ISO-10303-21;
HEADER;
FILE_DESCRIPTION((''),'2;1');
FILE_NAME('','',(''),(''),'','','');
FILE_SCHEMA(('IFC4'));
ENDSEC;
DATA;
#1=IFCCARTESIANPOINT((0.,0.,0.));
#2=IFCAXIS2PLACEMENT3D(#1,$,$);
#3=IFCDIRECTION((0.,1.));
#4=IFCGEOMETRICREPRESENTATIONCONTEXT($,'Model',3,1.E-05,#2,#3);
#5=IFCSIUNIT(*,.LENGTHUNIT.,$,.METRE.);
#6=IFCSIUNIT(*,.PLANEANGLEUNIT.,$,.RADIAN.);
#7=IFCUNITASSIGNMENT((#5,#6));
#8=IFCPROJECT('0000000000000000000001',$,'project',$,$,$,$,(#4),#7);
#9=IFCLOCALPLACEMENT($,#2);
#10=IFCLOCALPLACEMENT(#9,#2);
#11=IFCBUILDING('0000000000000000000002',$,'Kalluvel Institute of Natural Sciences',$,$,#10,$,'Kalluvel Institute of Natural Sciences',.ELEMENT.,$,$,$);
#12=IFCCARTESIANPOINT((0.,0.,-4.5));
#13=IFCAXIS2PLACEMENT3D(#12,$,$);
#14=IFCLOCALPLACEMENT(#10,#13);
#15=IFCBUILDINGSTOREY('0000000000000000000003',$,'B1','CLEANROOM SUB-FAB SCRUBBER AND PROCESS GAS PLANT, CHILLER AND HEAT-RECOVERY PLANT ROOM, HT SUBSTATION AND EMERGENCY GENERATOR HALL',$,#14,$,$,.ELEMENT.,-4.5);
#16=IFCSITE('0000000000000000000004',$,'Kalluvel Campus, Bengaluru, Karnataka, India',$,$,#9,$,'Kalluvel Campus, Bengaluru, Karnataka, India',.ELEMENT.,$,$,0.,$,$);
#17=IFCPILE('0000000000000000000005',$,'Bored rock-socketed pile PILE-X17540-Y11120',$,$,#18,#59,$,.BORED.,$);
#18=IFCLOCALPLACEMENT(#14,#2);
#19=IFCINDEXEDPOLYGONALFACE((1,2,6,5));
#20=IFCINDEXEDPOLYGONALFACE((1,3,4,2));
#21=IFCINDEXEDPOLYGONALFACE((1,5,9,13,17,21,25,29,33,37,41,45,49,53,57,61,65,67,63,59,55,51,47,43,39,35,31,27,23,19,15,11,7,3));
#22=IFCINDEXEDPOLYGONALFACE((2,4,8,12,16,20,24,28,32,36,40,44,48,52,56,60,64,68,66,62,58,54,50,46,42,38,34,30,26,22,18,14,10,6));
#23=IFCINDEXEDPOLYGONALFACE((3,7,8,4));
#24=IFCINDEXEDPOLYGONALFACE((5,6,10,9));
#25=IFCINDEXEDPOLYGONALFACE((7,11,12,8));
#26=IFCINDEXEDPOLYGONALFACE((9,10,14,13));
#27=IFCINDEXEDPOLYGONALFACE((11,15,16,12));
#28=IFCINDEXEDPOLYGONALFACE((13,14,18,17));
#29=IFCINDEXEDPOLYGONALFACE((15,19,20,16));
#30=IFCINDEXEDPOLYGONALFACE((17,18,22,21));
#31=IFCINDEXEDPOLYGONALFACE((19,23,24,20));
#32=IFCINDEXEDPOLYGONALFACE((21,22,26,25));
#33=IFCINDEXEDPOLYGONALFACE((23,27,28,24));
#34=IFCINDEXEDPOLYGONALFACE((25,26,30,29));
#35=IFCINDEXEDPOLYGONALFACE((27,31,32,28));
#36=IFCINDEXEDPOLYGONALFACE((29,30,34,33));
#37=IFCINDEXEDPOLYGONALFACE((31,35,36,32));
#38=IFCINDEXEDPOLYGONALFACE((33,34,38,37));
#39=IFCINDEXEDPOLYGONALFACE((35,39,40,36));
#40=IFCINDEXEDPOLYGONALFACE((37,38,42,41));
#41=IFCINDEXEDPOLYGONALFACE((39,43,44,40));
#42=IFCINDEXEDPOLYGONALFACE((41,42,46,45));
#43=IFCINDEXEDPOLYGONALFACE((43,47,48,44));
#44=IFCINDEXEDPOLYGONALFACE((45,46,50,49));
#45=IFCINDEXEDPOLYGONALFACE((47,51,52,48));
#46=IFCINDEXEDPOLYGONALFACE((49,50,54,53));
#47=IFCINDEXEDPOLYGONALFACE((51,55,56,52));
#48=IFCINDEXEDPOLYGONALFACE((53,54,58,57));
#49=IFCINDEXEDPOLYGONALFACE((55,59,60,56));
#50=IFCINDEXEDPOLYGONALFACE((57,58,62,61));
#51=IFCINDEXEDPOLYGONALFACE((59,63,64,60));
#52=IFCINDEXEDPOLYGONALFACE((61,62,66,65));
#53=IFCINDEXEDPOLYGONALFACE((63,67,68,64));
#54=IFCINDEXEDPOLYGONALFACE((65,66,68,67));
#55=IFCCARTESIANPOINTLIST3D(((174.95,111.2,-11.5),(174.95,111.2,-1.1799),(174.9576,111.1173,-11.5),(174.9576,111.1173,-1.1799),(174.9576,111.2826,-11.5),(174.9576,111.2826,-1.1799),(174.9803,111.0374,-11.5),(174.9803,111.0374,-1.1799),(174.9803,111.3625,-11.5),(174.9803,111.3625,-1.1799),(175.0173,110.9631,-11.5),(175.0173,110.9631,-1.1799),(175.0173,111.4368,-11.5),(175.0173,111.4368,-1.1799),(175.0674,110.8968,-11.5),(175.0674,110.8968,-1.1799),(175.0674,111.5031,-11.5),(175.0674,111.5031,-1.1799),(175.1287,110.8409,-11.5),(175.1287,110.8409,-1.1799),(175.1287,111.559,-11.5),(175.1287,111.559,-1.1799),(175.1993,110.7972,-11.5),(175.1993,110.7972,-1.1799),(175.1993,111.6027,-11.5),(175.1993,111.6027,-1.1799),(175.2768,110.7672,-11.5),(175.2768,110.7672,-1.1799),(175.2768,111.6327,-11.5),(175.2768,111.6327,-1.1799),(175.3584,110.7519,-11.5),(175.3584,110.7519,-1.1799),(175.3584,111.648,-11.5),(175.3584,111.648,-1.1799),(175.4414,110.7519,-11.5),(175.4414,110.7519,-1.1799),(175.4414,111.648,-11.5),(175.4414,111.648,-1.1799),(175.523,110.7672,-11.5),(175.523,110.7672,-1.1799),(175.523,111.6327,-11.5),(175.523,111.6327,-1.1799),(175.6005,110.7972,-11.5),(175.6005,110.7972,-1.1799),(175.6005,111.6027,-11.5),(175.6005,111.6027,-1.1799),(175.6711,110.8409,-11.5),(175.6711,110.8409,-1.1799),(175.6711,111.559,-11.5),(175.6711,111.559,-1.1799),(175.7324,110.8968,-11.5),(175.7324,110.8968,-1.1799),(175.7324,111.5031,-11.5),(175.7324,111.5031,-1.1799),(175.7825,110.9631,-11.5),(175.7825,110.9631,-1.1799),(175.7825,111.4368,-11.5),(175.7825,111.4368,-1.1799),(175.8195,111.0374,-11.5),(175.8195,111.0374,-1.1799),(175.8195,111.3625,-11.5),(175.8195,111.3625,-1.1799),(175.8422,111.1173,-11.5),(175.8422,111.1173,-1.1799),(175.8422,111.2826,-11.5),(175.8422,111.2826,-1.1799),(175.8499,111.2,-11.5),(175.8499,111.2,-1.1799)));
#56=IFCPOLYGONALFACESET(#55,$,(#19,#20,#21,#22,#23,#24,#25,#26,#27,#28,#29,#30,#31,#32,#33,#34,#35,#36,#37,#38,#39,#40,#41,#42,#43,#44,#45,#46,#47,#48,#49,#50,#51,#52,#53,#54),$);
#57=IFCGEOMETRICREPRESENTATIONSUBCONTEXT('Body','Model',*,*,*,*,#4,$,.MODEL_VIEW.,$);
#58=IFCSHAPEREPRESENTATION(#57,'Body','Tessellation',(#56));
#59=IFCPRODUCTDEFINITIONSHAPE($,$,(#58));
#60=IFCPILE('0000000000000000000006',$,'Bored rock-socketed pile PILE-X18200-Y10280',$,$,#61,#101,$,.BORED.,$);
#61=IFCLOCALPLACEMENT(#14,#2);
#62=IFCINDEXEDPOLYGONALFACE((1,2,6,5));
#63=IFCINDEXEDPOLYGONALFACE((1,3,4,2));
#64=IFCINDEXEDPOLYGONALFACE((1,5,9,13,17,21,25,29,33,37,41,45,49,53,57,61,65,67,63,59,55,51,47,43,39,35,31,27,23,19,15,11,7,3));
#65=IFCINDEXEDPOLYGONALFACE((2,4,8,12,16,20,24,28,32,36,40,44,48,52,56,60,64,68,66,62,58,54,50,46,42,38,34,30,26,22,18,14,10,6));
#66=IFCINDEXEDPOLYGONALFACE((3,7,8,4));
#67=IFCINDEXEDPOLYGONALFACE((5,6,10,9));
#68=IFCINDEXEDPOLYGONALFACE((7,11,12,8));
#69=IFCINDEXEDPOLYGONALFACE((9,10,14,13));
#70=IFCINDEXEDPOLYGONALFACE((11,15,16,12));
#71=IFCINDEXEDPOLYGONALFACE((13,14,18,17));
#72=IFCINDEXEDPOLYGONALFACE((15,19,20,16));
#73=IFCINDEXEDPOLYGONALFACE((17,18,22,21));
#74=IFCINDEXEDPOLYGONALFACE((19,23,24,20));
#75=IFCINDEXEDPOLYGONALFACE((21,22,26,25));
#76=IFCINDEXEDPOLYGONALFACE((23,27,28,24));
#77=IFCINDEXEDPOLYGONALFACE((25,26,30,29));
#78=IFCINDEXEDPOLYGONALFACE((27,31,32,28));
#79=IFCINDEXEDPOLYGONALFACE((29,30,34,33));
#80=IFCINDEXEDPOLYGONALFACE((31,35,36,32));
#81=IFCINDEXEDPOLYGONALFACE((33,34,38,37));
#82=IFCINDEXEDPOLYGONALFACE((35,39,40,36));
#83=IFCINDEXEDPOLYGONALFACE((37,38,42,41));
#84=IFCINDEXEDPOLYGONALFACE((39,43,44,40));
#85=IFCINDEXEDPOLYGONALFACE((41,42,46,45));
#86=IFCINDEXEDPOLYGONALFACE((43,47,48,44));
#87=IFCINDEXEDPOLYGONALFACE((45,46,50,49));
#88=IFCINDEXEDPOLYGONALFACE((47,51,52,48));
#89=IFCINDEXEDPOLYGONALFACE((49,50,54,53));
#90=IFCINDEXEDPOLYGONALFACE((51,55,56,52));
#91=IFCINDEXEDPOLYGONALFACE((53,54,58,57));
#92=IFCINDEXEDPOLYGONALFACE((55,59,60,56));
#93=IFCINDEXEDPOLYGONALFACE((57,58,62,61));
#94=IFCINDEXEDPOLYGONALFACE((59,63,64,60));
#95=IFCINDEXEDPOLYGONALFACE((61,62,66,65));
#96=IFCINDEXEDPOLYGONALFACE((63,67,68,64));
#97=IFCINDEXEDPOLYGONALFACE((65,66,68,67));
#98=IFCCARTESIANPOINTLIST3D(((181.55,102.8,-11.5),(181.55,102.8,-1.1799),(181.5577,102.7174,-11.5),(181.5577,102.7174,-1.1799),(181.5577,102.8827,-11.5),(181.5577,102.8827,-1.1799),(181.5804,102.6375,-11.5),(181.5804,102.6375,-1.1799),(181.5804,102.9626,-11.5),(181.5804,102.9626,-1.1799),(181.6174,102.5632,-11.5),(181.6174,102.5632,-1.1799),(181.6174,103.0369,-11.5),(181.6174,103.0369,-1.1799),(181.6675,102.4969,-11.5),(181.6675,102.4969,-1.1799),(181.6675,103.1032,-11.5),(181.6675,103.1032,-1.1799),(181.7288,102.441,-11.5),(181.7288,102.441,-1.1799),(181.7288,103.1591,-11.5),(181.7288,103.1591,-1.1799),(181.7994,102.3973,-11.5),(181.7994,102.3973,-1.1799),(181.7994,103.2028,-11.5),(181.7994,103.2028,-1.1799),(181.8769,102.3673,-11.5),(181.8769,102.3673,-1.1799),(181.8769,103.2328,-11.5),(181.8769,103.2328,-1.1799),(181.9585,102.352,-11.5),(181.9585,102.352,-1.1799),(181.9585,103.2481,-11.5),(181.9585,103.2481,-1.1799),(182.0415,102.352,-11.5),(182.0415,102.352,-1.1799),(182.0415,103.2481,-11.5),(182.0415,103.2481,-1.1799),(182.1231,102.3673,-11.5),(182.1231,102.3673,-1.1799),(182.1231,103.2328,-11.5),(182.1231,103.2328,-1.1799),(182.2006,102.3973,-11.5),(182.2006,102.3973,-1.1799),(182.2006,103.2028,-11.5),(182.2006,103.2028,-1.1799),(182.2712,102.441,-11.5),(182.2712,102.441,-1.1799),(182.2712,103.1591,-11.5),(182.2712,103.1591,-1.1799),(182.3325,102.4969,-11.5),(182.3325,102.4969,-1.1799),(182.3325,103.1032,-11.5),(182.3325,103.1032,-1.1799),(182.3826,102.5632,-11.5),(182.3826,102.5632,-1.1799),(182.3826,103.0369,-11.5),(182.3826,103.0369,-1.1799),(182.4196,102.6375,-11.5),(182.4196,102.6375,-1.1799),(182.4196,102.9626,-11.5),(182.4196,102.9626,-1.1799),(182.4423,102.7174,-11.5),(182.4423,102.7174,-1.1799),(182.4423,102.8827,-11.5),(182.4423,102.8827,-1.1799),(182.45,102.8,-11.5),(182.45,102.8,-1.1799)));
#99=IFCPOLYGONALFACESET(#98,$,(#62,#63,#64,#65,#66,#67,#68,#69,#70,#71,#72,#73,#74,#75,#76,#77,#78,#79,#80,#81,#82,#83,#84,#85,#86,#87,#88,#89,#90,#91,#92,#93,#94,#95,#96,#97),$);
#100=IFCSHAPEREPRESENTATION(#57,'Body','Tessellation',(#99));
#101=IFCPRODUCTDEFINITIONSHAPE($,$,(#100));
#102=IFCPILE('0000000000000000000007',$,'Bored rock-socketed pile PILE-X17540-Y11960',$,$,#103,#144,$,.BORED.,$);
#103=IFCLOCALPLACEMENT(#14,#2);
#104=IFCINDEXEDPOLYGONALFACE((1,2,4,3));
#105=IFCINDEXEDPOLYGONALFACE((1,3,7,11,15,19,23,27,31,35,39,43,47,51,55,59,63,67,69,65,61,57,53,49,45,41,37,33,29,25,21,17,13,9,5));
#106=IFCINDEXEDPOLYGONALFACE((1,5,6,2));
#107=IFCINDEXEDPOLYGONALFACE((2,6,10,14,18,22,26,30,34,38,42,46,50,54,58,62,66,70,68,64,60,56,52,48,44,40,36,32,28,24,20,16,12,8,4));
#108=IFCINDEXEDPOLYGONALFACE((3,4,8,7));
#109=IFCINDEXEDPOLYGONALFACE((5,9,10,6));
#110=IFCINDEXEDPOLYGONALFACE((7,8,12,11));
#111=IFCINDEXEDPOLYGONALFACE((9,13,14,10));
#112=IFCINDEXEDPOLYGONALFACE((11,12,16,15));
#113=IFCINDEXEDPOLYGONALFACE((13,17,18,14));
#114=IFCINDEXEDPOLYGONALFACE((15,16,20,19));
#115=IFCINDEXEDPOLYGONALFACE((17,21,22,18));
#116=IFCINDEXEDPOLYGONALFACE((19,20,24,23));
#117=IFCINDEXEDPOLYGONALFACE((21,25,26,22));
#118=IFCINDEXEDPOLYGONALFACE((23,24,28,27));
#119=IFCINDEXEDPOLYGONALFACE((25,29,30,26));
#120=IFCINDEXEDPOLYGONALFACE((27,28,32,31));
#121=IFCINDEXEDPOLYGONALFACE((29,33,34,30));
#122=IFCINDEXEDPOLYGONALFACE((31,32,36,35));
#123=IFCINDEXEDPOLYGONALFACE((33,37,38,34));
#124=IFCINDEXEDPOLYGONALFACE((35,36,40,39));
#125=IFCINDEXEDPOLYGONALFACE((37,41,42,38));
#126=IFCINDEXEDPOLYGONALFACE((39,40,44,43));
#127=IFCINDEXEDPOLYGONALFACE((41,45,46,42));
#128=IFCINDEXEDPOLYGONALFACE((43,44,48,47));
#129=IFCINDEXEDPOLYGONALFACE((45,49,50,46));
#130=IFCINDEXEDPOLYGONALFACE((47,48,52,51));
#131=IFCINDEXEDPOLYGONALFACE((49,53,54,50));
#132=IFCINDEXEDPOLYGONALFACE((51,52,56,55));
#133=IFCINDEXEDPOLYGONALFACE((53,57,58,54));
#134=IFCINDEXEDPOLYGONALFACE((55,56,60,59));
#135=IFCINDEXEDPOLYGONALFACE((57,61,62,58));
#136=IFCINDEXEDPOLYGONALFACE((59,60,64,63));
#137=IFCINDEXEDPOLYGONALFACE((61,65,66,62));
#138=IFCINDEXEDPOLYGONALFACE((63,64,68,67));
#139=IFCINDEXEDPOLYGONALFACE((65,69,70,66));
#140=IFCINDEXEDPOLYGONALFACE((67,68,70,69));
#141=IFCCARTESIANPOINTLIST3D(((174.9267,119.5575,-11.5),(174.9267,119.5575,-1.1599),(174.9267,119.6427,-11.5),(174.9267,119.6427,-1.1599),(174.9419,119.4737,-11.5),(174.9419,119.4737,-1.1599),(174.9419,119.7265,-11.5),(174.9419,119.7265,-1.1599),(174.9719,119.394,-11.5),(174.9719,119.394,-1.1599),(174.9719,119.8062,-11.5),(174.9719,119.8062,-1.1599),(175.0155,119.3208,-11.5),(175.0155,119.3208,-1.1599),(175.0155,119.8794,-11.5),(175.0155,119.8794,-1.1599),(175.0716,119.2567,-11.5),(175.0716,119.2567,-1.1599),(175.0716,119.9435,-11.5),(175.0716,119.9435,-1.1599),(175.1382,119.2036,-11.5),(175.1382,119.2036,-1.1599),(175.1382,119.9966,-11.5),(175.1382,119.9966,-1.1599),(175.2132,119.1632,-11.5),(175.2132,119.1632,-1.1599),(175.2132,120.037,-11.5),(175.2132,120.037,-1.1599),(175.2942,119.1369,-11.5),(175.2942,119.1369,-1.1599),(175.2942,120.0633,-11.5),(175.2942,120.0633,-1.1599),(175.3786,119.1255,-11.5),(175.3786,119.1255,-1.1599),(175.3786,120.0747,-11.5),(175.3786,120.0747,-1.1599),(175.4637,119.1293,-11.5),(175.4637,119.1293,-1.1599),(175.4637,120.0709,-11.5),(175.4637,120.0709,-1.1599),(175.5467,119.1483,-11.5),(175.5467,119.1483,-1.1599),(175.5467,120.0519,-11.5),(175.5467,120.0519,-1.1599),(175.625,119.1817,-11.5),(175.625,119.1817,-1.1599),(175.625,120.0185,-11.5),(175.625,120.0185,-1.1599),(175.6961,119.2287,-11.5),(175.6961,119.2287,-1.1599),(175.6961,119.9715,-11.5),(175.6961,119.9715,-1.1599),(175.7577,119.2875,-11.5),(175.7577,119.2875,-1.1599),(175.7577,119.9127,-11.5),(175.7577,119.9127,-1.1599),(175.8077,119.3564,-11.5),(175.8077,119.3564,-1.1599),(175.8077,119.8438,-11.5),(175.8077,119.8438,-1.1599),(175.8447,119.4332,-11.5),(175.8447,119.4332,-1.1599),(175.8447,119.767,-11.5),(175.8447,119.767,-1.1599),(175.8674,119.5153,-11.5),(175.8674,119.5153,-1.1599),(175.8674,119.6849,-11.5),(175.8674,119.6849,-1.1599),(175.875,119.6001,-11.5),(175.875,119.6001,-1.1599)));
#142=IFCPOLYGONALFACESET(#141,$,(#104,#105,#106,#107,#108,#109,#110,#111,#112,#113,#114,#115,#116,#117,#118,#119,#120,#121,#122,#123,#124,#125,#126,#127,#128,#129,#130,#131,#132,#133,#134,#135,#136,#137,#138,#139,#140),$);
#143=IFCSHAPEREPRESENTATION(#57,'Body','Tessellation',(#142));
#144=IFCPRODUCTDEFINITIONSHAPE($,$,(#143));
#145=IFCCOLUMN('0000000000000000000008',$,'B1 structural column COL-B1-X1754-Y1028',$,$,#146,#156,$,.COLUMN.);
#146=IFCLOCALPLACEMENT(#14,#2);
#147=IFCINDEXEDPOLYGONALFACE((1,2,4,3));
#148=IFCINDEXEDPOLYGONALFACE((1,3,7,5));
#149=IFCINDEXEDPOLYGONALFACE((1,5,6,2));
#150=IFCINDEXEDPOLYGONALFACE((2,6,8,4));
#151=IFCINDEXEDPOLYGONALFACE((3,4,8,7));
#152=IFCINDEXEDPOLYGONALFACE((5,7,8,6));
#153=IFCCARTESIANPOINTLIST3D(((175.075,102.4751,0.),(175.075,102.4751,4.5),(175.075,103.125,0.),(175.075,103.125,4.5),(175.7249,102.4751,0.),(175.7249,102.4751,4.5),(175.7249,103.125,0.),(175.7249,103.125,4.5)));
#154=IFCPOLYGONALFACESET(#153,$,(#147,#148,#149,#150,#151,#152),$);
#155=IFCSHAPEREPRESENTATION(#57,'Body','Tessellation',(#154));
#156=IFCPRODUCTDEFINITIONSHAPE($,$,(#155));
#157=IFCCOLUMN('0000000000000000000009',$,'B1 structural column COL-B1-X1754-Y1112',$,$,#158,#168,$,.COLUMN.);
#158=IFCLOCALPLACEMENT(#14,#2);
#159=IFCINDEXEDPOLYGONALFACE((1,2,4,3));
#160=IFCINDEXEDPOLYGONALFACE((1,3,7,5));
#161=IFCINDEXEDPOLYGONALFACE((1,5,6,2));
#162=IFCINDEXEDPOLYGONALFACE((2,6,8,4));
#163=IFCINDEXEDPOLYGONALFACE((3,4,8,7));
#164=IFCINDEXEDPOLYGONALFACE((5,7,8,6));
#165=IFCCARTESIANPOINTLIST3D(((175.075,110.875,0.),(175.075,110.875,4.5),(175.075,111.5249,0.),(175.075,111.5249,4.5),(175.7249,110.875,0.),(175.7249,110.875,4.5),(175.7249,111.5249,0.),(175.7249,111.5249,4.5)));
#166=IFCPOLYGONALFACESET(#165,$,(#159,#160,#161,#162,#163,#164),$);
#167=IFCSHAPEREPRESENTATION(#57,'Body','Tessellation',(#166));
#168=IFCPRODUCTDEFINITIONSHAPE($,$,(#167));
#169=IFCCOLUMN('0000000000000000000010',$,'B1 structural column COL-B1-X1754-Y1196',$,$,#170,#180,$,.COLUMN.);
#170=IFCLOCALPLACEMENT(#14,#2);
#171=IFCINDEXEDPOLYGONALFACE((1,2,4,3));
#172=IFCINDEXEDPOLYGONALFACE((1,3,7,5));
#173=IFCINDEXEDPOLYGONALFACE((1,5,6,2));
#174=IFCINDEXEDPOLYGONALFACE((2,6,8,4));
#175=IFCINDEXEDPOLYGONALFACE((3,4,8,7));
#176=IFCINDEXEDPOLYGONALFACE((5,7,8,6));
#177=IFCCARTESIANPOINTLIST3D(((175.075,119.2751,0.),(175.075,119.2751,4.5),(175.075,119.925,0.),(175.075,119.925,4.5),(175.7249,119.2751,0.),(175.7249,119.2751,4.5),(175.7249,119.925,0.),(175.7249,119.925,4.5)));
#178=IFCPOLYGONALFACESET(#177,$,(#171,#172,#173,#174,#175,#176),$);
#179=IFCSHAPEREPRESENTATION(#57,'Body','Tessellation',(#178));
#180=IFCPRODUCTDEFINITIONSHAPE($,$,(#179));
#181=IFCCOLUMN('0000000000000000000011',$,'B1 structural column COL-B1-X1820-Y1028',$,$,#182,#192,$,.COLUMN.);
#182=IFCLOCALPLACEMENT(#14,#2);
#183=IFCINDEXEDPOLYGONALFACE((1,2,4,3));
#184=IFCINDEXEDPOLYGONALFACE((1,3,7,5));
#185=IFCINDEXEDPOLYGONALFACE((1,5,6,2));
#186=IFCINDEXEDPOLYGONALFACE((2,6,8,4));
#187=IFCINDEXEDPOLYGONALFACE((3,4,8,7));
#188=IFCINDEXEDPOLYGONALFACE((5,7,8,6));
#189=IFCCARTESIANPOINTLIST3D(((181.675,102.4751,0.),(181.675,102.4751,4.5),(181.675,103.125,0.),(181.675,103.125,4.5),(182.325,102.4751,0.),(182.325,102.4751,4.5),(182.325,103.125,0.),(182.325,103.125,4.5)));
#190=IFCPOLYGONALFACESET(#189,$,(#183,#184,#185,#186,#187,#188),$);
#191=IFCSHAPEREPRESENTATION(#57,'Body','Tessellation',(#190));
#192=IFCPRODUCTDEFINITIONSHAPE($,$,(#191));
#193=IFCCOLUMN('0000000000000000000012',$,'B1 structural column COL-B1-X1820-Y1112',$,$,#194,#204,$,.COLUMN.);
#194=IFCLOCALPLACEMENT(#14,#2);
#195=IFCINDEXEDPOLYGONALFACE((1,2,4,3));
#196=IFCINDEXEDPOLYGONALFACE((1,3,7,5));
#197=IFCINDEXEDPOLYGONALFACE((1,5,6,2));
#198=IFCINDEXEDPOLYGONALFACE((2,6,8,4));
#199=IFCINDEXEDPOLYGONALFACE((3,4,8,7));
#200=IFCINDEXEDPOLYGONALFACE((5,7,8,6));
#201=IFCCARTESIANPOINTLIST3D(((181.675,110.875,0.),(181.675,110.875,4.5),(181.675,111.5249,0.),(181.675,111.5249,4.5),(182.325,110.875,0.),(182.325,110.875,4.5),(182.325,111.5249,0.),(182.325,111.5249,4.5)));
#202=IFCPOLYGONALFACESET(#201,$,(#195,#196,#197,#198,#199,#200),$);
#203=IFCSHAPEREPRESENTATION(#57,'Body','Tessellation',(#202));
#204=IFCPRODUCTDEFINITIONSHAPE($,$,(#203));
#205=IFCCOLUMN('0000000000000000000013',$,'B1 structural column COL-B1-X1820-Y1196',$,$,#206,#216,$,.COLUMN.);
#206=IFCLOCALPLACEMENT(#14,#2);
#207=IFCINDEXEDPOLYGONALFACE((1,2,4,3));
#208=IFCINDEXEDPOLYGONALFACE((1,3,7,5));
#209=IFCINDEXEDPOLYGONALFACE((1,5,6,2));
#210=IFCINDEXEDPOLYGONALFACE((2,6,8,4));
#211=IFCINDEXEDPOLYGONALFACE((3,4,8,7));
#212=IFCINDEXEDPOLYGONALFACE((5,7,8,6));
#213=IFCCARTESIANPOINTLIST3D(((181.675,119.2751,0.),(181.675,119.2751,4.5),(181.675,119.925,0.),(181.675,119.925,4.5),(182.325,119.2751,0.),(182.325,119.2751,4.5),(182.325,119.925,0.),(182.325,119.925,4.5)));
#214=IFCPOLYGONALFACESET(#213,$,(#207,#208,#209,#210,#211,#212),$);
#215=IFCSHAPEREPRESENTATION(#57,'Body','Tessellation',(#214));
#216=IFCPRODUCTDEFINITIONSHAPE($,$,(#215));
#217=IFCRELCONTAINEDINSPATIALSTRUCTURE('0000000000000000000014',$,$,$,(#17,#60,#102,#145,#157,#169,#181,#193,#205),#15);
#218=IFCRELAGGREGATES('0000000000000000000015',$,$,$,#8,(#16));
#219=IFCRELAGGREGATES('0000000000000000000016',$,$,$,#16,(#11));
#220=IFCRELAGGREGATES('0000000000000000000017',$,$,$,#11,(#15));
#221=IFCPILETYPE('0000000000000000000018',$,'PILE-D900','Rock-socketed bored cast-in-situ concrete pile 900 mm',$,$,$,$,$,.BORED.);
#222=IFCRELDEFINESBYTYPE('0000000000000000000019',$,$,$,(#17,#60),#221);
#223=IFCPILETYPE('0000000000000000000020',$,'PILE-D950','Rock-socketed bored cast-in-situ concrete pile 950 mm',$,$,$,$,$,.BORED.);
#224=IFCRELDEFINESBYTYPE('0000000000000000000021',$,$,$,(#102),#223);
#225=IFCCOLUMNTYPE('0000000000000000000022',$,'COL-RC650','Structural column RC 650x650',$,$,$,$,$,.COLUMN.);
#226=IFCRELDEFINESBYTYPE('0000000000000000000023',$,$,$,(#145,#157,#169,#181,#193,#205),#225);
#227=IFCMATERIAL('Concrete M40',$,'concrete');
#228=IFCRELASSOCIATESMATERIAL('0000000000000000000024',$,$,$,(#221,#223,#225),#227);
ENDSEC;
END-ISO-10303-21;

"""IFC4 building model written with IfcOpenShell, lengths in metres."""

from ifc_helpers import new_model, si_unit, direction, frame, origin, origin_2d, place, context, subcontext, project, spatial, rectangle, circle, extrude, material, material_profile, profile_set, type_object, element, save


model = new_model("IFC4")

# Units and contexts
model_context = context("Model", 3, precision=1e-05, world=origin(), true_north=direction((0.0, 1.0)))
body_context = subcontext(model_context, "Body", "Model", "MODEL_VIEW")
ifc_project = project(units=[si_unit("LENGTHUNIT", "METRE"), si_unit("PLANEANGLEUNIT", "RADIAN")], contexts=[model_context])

# Site, building, storey
site_placement = place(None, origin())
site = spatial("IfcSite", under=ifc_project, at=site_placement, Name="Kalluvel Campus, Bengaluru, Karnataka, India", LongName="Kalluvel Campus, Bengaluru, Karnataka, India", CompositionType="ELEMENT", RefElevation=0.0)
building_placement = place(site_placement, origin())
building = spatial("IfcBuilding", under=site, at=building_placement, Name="Kalluvel Institute of Natural Sciences", LongName="Kalluvel Institute of Natural Sciences", CompositionType="ELEMENT")
storey_placement = place(building_placement, frame((0.0, 0.0, -4.5)))
storey = spatial("IfcBuildingStorey", under=building, at=storey_placement, Name="B1", Description="CLEANROOM SUB-FAB SCRUBBER AND PROCESS GAS PLANT, CHILLER AND HEAT-RECOVERY PLANT ROOM, HT SUBSTATION AND EMERGENCY GENERATOR HALL", CompositionType="ELEMENT", Elevation=-4.5)

# Shared definitions
ifc_material = material(Name="Concrete M40", Category="concrete")

# Piles
ifc_material_profile_1 = material_profile(ifc_material, circle(Radius=0.45, at=origin_2d()), Name="PILE D900")
ifc_profile_set_1 = profile_set([ifc_material_profile_1], Name="Concrete M40")
pile_type_1 = type_object("IfcPileType", Name="PILE-D900", Description="Rock-socketed bored cast-in-situ concrete pile 900 mm", PredefinedType="BORED", material=ifc_profile_set_1)
for number, where, z_axis, x_axis, name in (
    (1, (175.3999, 111.2, -1.1799), (0.0, 0.0, -1.0), (1.0, 0.0, 0.0), "Bored rock-socketed pile PILE-X17540-Y11120"),
    (2, (182.0, 102.8, -1.1799), (0.0, 0.0, -1.0), (1.0, 0.0, 0.0), "Bored rock-socketed pile PILE-X18200-Y10280"),
):
    element("IfcPile", number, at=place(storey_placement, frame(where, z_axis=z_axis, x_axis=x_axis)), inside=storey, type_object=pile_type_1, Name=name, PredefinedType="BORED", context=body_context, shape_type="SweptSolid", body=[
        extrude(circle(Radius=0.45, at=origin_2d()), origin(), (0.0, 0.0, 1.0), 10.3201),
    ])
ifc_material_profile_2 = material_profile(ifc_material, circle(Radius=0.4751, at=origin_2d()), Name="PILE D950")
ifc_profile_set_2 = profile_set([ifc_material_profile_2], Name="Concrete M40")
pile_type_2 = type_object("IfcPileType", Name="PILE-D950", Description="Rock-socketed bored cast-in-situ concrete pile 950 mm", PredefinedType="BORED", material=ifc_profile_set_2)
pile_1_placement = place(storey_placement, frame((175.3999, 119.6001, -1.1599), z_axis=(0.0, 0.0, -1.0), x_axis=(1.0, 0.0, 0.0)))
element("IfcPile", 3, at=pile_1_placement, inside=storey, type_object=pile_type_2, Name="Bored rock-socketed pile PILE-X17540-Y11960", PredefinedType="BORED", context=body_context, shape_type="SweptSolid", body=[
    extrude(circle(Radius=0.4751, at=origin_2d()), origin(), (0.0, 0.0, 1.0), 10.3401),
])

# Columns
ifc_material_profile_3 = material_profile(ifc_material, rectangle(XDim=0.6499, YDim=0.6499, at=origin_2d()), Name="RC 650x650")
ifc_profile_set_3 = profile_set([ifc_material_profile_3], Name="Concrete M40")
column_type = type_object("IfcColumnType", Name="COL-RC650", Description="Structural column RC 650x650", PredefinedType="COLUMN", material=ifc_profile_set_3)
for number, where, z_axis, x_axis, name in (
    (4, (175.3999, 102.8, 0.0), (0.0, 0.0, 1.0), (1.0, 0.0, 0.0), "B1 structural column COL-B1-X1754-Y1028"),
    (5, (175.3999, 111.2, 0.0), (0.0, 0.0, 1.0), (1.0, 0.0, 0.0), "B1 structural column COL-B1-X1754-Y1112"),
    (6, (175.3999, 119.6001, 0.0), (0.0, 0.0, 1.0), (1.0, 0.0, 0.0), "B1 structural column COL-B1-X1754-Y1196"),
    (7, (182.0, 102.8, 0.0), (0.0, 0.0, 1.0), (1.0, 0.0, 0.0), "B1 structural column COL-B1-X1820-Y1028"),
    (8, (182.0, 111.2, 0.0), (0.0, 0.0, 1.0), (1.0, 0.0, 0.0), "B1 structural column COL-B1-X1820-Y1112"),
    (9, (182.0, 119.6001, 0.0), (0.0, 0.0, 1.0), (1.0, 0.0, 0.0), "B1 structural column COL-B1-X1820-Y1196"),
):
    element("IfcColumn", number, at=place(storey_placement, frame(where, z_axis=z_axis, x_axis=x_axis)), inside=storey, type_object=column_type, Name=name, PredefinedType="COLUMN", context=body_context, shape_type="SweptSolid", body=[
        extrude(rectangle(XDim=0.6499, YDim=0.6499, at=origin_2d()), origin(), (0.0, 0.0, 1.0), 4.5),
    ])

save(model, "model.ifc")
